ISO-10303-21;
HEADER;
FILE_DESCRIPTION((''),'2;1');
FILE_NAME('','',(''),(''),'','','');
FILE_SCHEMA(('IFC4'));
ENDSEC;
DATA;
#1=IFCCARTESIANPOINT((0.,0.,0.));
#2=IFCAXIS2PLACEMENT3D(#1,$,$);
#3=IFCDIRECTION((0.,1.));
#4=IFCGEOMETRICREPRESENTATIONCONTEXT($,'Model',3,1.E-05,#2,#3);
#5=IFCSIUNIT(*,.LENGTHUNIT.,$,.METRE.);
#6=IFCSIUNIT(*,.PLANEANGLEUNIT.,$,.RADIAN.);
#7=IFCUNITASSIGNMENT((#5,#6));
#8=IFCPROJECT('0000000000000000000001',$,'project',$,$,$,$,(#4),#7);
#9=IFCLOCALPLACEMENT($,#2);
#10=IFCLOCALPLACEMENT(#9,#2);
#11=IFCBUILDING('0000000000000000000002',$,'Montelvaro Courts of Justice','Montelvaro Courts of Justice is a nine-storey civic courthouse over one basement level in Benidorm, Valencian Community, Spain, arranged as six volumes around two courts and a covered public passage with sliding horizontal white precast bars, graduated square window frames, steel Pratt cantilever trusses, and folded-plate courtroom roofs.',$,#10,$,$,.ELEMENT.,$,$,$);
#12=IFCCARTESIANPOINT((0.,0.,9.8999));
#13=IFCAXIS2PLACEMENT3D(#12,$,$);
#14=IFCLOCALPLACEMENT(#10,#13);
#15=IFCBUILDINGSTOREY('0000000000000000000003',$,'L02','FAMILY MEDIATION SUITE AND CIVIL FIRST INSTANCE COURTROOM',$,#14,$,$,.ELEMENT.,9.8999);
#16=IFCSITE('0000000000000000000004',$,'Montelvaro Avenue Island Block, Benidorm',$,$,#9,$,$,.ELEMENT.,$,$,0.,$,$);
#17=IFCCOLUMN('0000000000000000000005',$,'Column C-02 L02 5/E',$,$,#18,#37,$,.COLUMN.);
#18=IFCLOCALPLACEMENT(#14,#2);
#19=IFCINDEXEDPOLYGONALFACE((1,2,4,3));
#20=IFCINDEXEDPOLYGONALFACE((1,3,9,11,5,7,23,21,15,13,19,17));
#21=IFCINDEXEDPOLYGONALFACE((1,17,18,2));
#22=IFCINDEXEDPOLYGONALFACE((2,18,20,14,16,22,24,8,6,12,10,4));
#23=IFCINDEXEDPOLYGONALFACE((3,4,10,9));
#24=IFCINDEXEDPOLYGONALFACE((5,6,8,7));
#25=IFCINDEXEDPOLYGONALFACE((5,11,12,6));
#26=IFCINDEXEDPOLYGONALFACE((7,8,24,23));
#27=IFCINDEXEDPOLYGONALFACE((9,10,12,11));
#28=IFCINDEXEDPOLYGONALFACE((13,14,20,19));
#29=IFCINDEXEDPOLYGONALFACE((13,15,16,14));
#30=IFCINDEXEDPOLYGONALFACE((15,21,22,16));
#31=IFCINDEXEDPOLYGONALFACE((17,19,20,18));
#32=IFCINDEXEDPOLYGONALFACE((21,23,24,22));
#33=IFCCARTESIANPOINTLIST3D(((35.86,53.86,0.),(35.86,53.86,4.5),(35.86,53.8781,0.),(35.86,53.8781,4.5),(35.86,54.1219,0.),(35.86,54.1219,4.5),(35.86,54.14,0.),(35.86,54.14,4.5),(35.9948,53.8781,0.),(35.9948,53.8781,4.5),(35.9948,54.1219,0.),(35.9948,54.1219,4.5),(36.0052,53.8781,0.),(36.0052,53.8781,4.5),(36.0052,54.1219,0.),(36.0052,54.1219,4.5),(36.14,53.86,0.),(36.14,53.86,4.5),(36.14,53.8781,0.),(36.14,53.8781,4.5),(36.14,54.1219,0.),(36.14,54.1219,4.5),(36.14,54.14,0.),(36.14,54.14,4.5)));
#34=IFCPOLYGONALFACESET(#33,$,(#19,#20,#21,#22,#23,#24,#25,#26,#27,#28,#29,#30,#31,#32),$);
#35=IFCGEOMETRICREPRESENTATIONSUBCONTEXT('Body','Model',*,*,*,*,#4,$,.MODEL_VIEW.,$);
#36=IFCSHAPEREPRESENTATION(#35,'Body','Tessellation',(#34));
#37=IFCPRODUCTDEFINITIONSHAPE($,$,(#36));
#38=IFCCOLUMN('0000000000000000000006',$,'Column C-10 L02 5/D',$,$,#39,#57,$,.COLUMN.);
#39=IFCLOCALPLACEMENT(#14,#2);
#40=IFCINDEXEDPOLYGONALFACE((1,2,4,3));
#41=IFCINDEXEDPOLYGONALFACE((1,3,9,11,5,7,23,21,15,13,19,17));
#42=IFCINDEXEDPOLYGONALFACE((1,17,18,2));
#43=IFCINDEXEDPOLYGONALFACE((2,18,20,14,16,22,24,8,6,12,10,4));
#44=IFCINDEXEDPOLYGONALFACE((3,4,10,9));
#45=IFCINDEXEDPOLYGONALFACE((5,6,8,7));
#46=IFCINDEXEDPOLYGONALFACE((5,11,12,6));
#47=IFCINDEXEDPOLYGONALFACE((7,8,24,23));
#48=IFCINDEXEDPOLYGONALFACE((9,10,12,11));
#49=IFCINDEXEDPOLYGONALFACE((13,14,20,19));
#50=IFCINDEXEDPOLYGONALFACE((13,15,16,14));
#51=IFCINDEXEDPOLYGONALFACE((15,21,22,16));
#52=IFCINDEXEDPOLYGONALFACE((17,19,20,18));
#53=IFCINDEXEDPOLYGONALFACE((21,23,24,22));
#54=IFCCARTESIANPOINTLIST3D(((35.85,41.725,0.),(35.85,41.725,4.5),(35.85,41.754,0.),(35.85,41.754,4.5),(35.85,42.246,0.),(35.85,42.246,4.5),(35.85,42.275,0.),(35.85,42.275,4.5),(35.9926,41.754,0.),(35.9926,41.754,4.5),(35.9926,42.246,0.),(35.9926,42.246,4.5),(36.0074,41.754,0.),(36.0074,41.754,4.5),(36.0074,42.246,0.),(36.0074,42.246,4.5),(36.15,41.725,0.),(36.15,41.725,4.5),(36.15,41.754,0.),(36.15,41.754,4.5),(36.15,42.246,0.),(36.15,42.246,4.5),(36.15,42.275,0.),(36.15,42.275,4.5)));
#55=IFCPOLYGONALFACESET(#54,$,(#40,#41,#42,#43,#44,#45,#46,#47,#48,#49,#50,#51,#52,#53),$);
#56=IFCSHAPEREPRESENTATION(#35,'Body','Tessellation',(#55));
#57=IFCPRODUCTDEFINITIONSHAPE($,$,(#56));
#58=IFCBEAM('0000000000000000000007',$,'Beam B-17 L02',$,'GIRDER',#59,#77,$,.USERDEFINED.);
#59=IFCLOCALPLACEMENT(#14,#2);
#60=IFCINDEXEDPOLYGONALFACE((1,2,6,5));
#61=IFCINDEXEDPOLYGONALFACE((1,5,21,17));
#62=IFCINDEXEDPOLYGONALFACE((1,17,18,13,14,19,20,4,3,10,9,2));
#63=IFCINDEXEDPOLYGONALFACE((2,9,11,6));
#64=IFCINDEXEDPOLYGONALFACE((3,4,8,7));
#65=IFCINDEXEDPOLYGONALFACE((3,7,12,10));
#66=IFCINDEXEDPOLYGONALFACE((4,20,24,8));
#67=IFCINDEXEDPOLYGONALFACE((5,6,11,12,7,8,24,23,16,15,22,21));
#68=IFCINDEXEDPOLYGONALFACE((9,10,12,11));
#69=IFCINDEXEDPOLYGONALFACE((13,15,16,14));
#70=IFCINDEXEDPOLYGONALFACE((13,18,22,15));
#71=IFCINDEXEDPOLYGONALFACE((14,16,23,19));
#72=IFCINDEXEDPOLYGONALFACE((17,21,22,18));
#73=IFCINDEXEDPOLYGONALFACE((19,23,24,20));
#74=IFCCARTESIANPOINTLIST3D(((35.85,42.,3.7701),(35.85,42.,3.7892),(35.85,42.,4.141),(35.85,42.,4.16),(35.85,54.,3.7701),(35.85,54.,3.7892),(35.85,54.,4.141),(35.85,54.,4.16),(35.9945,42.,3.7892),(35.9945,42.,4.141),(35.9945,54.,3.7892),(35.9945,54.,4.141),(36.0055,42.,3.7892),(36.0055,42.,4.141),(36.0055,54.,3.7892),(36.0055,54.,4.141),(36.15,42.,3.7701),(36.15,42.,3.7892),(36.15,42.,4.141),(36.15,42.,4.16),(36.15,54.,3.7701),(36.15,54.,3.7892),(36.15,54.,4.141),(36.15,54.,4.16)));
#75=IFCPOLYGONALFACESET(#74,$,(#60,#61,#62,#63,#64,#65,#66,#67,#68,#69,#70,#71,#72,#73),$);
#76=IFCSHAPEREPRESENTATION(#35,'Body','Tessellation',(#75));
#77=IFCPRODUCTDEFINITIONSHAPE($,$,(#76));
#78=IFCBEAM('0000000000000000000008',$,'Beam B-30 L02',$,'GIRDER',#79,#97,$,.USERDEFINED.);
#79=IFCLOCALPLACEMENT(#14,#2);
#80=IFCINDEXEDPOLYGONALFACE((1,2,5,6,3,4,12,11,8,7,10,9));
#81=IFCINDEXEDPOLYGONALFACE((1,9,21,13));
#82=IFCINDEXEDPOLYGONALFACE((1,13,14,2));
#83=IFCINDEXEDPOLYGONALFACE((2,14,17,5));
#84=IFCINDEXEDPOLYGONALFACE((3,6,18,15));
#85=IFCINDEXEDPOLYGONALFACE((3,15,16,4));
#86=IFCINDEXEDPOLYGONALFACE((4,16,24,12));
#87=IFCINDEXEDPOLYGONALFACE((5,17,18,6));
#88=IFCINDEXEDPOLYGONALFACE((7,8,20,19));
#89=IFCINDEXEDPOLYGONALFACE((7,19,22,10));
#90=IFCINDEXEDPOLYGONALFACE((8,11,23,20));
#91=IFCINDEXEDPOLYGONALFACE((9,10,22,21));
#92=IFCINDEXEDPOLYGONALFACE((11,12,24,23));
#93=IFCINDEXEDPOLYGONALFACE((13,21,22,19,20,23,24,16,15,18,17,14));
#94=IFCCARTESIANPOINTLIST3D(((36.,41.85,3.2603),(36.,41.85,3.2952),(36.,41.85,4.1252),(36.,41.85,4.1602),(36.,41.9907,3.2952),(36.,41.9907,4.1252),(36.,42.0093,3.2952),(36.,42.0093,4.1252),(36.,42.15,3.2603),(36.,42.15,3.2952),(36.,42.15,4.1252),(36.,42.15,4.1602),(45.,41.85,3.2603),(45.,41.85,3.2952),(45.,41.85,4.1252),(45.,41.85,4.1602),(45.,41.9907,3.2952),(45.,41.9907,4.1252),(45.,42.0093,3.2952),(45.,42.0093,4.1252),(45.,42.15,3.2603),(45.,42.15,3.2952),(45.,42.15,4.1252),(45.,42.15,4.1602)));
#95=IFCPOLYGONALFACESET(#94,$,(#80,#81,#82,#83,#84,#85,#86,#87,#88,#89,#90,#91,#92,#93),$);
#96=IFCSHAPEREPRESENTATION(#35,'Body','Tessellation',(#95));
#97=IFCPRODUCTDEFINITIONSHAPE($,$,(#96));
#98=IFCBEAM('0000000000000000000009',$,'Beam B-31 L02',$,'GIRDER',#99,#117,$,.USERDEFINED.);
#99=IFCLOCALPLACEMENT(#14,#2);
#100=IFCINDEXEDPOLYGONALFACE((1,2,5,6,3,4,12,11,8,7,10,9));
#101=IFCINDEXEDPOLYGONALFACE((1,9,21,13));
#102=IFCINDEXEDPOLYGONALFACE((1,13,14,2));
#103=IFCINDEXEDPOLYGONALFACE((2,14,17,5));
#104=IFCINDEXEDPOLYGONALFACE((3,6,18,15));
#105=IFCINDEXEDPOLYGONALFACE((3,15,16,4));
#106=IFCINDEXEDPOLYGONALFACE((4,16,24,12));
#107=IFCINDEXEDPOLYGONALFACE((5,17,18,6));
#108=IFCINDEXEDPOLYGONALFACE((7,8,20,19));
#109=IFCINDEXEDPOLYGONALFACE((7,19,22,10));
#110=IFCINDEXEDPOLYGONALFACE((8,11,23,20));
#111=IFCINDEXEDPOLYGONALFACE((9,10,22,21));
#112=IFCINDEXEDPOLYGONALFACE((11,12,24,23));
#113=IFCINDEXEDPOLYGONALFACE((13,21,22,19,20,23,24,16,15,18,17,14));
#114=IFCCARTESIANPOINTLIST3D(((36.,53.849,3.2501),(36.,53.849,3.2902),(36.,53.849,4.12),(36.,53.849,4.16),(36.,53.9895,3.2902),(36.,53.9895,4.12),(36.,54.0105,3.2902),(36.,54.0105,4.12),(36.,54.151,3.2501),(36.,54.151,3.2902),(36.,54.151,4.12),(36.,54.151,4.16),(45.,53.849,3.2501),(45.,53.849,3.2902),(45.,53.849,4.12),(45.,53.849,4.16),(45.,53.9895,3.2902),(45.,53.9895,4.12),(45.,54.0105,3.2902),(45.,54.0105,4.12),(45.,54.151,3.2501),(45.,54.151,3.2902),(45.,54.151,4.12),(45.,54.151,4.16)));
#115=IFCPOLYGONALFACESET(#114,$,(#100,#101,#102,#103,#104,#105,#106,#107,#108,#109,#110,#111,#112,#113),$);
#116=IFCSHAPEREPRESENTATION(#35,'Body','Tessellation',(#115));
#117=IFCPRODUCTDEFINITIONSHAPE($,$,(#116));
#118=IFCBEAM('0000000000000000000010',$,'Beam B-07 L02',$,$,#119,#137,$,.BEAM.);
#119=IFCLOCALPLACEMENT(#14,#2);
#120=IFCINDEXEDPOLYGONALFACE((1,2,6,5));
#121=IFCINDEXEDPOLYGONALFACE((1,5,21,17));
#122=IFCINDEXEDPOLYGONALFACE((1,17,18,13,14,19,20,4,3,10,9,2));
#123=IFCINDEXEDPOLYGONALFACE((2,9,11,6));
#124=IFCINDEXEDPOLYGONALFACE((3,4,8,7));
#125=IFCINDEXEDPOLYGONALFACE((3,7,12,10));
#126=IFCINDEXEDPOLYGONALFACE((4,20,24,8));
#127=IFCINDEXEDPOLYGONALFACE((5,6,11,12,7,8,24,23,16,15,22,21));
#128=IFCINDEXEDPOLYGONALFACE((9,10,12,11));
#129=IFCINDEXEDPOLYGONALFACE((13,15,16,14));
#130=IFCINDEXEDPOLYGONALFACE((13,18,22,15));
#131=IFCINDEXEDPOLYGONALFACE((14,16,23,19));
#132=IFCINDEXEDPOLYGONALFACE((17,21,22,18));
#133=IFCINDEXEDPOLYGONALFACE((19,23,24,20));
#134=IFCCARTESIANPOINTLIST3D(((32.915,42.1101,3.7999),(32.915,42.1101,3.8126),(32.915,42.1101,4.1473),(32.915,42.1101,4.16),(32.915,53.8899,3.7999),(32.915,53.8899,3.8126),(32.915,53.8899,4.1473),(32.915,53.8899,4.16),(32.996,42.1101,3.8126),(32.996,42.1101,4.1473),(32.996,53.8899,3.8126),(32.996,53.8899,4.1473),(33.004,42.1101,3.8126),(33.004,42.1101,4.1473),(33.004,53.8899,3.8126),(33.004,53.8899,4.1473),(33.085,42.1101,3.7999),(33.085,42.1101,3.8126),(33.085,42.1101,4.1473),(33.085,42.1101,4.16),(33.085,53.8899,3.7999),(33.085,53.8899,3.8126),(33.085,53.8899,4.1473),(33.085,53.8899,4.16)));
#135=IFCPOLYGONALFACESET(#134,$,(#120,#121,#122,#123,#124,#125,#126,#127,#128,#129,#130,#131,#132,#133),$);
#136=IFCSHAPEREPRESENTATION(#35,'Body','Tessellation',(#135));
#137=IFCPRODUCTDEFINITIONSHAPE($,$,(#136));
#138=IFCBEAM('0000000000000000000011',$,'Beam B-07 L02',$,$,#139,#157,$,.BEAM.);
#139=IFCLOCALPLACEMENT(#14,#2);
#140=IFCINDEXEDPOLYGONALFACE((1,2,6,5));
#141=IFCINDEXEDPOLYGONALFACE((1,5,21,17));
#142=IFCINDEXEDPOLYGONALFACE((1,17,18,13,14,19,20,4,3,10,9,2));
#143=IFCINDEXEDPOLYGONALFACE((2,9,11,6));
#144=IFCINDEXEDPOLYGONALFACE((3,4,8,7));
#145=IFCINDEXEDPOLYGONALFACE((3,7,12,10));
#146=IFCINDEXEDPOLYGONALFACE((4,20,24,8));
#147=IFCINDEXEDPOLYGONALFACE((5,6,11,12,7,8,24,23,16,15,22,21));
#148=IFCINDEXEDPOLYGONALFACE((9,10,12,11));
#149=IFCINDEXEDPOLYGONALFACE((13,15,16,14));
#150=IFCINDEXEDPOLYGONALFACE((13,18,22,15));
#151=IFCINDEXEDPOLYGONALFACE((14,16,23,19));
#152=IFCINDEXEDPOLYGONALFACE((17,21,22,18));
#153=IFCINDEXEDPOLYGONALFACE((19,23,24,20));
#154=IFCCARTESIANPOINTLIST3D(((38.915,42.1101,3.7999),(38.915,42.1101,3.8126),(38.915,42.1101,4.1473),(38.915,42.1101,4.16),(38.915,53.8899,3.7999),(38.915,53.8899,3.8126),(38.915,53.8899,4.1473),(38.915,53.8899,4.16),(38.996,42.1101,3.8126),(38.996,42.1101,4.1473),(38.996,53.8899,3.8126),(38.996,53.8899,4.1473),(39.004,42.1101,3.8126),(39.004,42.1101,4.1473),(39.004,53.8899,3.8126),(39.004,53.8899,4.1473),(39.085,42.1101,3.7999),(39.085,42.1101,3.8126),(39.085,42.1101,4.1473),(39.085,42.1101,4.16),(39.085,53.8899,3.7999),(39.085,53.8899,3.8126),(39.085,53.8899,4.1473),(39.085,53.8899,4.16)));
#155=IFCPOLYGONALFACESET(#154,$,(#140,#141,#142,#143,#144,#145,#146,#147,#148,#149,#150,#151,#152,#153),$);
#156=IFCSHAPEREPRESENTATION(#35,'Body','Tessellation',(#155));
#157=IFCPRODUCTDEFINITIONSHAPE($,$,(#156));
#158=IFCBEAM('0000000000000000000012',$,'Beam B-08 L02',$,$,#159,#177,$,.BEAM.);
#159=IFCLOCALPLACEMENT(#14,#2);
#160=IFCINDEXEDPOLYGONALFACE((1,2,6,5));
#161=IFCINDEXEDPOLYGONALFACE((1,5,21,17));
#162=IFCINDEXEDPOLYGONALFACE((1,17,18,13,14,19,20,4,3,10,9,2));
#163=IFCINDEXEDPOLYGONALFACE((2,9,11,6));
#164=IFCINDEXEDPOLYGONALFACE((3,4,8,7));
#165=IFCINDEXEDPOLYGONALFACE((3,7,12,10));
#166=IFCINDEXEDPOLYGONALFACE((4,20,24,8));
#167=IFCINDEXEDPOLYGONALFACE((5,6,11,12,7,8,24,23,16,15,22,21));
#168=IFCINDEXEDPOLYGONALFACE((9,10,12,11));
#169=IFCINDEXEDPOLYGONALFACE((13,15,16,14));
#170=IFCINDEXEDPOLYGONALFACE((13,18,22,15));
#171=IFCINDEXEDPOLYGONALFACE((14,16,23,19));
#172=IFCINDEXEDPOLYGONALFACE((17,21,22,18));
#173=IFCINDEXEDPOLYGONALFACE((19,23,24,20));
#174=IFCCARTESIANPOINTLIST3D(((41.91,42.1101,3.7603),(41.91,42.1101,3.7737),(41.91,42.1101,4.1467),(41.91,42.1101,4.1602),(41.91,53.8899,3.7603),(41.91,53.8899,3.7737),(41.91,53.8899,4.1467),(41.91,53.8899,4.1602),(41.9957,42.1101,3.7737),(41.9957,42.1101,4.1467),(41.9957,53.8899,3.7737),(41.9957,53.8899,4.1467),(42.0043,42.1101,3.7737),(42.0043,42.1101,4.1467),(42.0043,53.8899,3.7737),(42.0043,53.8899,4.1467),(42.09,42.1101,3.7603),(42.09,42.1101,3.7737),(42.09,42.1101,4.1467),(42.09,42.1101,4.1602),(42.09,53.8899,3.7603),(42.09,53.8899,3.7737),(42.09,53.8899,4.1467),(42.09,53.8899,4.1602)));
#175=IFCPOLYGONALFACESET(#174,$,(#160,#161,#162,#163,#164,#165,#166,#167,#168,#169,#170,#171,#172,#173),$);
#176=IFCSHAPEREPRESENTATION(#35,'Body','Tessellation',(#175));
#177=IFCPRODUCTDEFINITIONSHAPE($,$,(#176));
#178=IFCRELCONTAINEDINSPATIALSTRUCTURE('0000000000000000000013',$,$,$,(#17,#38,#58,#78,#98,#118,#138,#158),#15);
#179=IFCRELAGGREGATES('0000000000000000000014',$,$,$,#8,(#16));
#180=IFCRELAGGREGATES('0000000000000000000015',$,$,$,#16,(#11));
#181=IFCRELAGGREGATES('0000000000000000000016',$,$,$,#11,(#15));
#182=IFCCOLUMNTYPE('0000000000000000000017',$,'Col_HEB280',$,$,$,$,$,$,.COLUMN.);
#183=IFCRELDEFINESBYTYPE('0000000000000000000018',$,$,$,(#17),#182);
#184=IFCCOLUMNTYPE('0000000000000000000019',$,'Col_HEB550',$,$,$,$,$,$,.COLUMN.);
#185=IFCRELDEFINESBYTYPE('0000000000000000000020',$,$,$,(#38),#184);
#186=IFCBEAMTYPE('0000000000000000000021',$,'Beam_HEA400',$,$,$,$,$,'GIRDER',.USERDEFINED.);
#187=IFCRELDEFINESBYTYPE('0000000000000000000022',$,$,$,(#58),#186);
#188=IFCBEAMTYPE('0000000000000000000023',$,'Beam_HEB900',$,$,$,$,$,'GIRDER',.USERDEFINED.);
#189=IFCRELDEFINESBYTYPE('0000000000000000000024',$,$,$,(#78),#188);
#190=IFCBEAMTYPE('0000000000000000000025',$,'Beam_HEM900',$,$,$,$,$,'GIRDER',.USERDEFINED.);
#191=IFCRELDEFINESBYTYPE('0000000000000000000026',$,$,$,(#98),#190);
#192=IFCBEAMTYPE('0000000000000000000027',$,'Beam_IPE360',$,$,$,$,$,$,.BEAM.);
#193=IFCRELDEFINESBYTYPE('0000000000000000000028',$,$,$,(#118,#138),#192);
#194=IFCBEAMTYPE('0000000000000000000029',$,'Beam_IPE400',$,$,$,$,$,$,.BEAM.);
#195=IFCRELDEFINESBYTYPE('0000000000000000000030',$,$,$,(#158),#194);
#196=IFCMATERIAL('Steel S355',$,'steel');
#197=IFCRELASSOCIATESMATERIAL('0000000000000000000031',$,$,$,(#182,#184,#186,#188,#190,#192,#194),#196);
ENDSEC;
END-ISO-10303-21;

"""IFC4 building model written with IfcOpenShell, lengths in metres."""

from ifc_helpers import new_model, si_unit, direction, frame, origin, origin_2d, place, context, subcontext, project, spatial, i_section, extrude, material, material_profile, profile_set, type_object, element, save


model = new_model("IFC4")

# Units and contexts
model_context = context("Model", 3, precision=1e-05, world=origin(), true_north=direction((0.0, 1.0)))
body_context = subcontext(model_context, "Body", "Model", "MODEL_VIEW")
ifc_project = project(units=[si_unit("LENGTHUNIT", "METRE"), si_unit("PLANEANGLEUNIT", "RADIAN")], contexts=[model_context])

# Site, building, storey
site_placement = place(None, origin())
site = spatial("IfcSite", under=ifc_project, at=site_placement, Name="Montelvaro Avenue Island Block, Benidorm", CompositionType="ELEMENT", RefElevation=0.0)
building_placement = place(site_placement, origin())
building = spatial("IfcBuilding", under=site, at=building_placement, Name="Montelvaro Courts of Justice", Description="Montelvaro Courts of Justice is a nine-storey civic courthouse over one basement level in Benidorm, Valencian Community, Spain, arranged as six volumes around two courts and a covered public passage with sliding horizontal white precast bars, graduated square window frames, steel Pratt cantilever trusses, and folded-plate courtroom roofs.", CompositionType="ELEMENT")
storey_placement = place(building_placement, frame((0.0, 0.0, 9.8999)))
storey = spatial("IfcBuildingStorey", under=building, at=storey_placement, Name="L02", Description="FAMILY MEDIATION SUITE AND CIVIL FIRST INSTANCE COURTROOM", CompositionType="ELEMENT", Elevation=9.8999)

# Columns
ifc_material_1 = material(Name="Steel S355", Category="steel")
ifc_material_profile_1 = material_profile(ifc_material_1, i_section(OverallWidth=0.28, OverallDepth=0.28, WebThickness=0.0105, FlangeThickness=0.0181, at=origin_2d()), Name="HEB 280")
ifc_profile_set_1 = profile_set([ifc_material_profile_1], Name="Steel S355")
column_type_1 = type_object("IfcColumnType", Name="Col_HEB280", PredefinedType="COLUMN", material=ifc_profile_set_1)
column_1_placement = place(storey_placement, frame((36.0, 54.0, 0.0), z_axis=(0.0, 0.0, 1.0), x_axis=(1.0, 0.0, 0.0)))
element("IfcColumn", 1, at=column_1_placement, inside=storey, type_object=column_type_1, Name="Column C-02 L02 5/E", PredefinedType="COLUMN", context=body_context, shape_type="SweptSolid", body=[
    extrude(i_section(OverallWidth=0.28, OverallDepth=0.28, WebThickness=0.0105, FlangeThickness=0.0181, at=origin_2d()), origin(), (0.0, 0.0, 1.0), 4.5),
])
ifc_material_profile_2 = material_profile(ifc_material_1, i_section(OverallWidth=0.3, OverallDepth=0.55, WebThickness=0.0149, FlangeThickness=0.0291, at=origin_2d()), Name="HEB 550")
ifc_profile_set_2 = profile_set([ifc_material_profile_2], Name="Steel S355")
column_type_2 = type_object("IfcColumnType", Name="Col_HEB550", PredefinedType="COLUMN", material=ifc_profile_set_2)
column_2_placement = place(storey_placement, frame((36.0, 42.0, 0.0), z_axis=(0.0, 0.0, 1.0), x_axis=(1.0, 0.0, 0.0)))
element("IfcColumn", 2, at=column_2_placement, inside=storey, type_object=column_type_2, Name="Column C-10 L02 5/D", PredefinedType="COLUMN", context=body_context, shape_type="SweptSolid", body=[
    extrude(i_section(OverallWidth=0.3, OverallDepth=0.55, WebThickness=0.0149, FlangeThickness=0.0291, at=origin_2d()), origin(), (0.0, 0.0, 1.0), 4.5),
])

# Beams
ifc_material_profile_3 = material_profile(ifc_material_1, i_section(OverallWidth=0.3, OverallDepth=0.3899, WebThickness=0.011, FlangeThickness=0.019, at=origin_2d()), Name="HEA 400")
ifc_profile_set_3 = profile_set([ifc_material_profile_3], Name="Steel S355")
beam_type_1 = type_object("IfcBeamType", Name="Beam_HEA400", ElementType="GIRDER", PredefinedType="USERDEFINED", material=ifc_profile_set_3)
beam_1_placement = place(storey_placement, frame((36.0, 42.0, 3.9651), z_axis=(0.0, 1.0, 0.0), x_axis=(-1.0, 0.0, 0.0)))
element("IfcBeam", 3, at=beam_1_placement, inside=storey, type_object=beam_type_1, Name="Beam B-17 L02", ObjectType="GIRDER", PredefinedType="USERDEFINED", context=body_context, shape_type="SweptSolid", body=[
    extrude(i_section(OverallWidth=0.3, OverallDepth=0.3899, WebThickness=0.011, FlangeThickness=0.019, at=origin_2d()), origin(), (0.0, 0.0, 1.0), 12.0),
])
ifc_material_profile_4 = material_profile(ifc_material_1, i_section(OverallWidth=0.3, OverallDepth=0.8999, WebThickness=0.0186, FlangeThickness=0.0349, at=origin_2d()), Name="HEB 900")
ifc_profile_set_4 = profile_set([ifc_material_profile_4], Name="Steel S355")
beam_type_2 = type_object("IfcBeamType", Name="Beam_HEB900", ElementType="GIRDER", PredefinedType="USERDEFINED", material=ifc_profile_set_4)
beam_2_placement = place(storey_placement, frame((36.0, 42.0, 3.7102), z_axis=(1.0, 0.0, 0.0), x_axis=(0.0, 1.0, 0.0)))
element("IfcBeam", 4, at=beam_2_placement, inside=storey, type_object=beam_type_2, Name="Beam B-30 L02", ObjectType="GIRDER", PredefinedType="USERDEFINED", context=body_context, shape_type="SweptSolid", body=[
    extrude(i_section(OverallWidth=0.3, OverallDepth=0.8999, WebThickness=0.0186, FlangeThickness=0.0349, at=origin_2d()), origin(), (0.0, 0.0, 1.0), 9.0),
])
ifc_material_profile_5 = material_profile(ifc_material_1, i_section(OverallWidth=0.302, OverallDepth=0.9099, WebThickness=0.021, FlangeThickness=0.04, at=origin_2d()), Name="HEM 900")
ifc_profile_set_5 = profile_set([ifc_material_profile_5], Name="Steel S355")
beam_type_3 = type_object("IfcBeamType", Name="Beam_HEM900", ElementType="GIRDER", PredefinedType="USERDEFINED", material=ifc_profile_set_5)
beam_3_placement = place(storey_placement, frame((36.0, 54.0, 3.7051), z_axis=(1.0, 0.0, 0.0), x_axis=(0.0, 1.0, 0.0)))
element("IfcBeam", 5, at=beam_3_placement, inside=storey, type_object=beam_type_3, Name="Beam B-31 L02", ObjectType="GIRDER", PredefinedType="USERDEFINED", context=body_context, shape_type="SweptSolid", body=[
    extrude(i_section(OverallWidth=0.302, OverallDepth=0.9099, WebThickness=0.021, FlangeThickness=0.04, at=origin_2d()), origin(), (0.0, 0.0, 1.0), 9.0),
])
ifc_material_profile_6 = material_profile(ifc_material_1, i_section(OverallWidth=0.1699, OverallDepth=0.3601, WebThickness=0.0081, FlangeThickness=0.0127, at=origin_2d()), Name="IPE 360")
ifc_profile_set_6 = profile_set([ifc_material_profile_6], Name="Steel S355")
beam_type_4 = type_object("IfcBeamType", Name="Beam_IPE360", PredefinedType="BEAM", material=ifc_profile_set_6)
for number, where, z_axis, x_axis, name in (
    (6, (33.0, 42.1101, 3.98), (0.0, 1.0, 0.0), (-1.0, 0.0, 0.0), "Beam B-07 L02"),
    (7, (39.0, 42.1101, 3.98), (0.0, 1.0, 0.0), (-1.0, 0.0, 0.0), "Beam B-07 L02"),
):
    element("IfcBeam", number, at=place(storey_placement, frame(where, z_axis=z_axis, x_axis=x_axis)), inside=storey, type_object=beam_type_4, Name=name, PredefinedType="BEAM", context=body_context, shape_type="SweptSolid", body=[
        extrude(i_section(OverallWidth=0.1699, OverallDepth=0.3601, WebThickness=0.0081, FlangeThickness=0.0127, at=origin_2d()), origin(), (0.0, 0.0, 1.0), 11.7798),
    ])
ifc_material_profile_7 = material_profile(ifc_material_1, i_section(OverallWidth=0.1799, OverallDepth=0.3999, WebThickness=0.0085, FlangeThickness=0.0134, at=origin_2d()), Name="IPE 400")
ifc_profile_set_7 = profile_set([ifc_material_profile_7], Name="Steel S355")
beam_type_5 = type_object("IfcBeamType", Name="Beam_IPE400", PredefinedType="BEAM", material=ifc_profile_set_7)
beam_4_placement = place(storey_placement, frame((42.0, 42.1101, 3.9602), z_axis=(0.0, 1.0, 0.0), x_axis=(-1.0, 0.0, 0.0)))
element("IfcBeam", 8, at=beam_4_placement, inside=storey, type_object=beam_type_5, Name="Beam B-08 L02", PredefinedType="BEAM", context=body_context, shape_type="SweptSolid", body=[
    extrude(i_section(OverallWidth=0.1799, OverallDepth=0.3999, WebThickness=0.0085, FlangeThickness=0.0134, at=origin_2d()), origin(), (0.0, 0.0, 1.0), 11.7798),
])

save(model, "model.ifc")
